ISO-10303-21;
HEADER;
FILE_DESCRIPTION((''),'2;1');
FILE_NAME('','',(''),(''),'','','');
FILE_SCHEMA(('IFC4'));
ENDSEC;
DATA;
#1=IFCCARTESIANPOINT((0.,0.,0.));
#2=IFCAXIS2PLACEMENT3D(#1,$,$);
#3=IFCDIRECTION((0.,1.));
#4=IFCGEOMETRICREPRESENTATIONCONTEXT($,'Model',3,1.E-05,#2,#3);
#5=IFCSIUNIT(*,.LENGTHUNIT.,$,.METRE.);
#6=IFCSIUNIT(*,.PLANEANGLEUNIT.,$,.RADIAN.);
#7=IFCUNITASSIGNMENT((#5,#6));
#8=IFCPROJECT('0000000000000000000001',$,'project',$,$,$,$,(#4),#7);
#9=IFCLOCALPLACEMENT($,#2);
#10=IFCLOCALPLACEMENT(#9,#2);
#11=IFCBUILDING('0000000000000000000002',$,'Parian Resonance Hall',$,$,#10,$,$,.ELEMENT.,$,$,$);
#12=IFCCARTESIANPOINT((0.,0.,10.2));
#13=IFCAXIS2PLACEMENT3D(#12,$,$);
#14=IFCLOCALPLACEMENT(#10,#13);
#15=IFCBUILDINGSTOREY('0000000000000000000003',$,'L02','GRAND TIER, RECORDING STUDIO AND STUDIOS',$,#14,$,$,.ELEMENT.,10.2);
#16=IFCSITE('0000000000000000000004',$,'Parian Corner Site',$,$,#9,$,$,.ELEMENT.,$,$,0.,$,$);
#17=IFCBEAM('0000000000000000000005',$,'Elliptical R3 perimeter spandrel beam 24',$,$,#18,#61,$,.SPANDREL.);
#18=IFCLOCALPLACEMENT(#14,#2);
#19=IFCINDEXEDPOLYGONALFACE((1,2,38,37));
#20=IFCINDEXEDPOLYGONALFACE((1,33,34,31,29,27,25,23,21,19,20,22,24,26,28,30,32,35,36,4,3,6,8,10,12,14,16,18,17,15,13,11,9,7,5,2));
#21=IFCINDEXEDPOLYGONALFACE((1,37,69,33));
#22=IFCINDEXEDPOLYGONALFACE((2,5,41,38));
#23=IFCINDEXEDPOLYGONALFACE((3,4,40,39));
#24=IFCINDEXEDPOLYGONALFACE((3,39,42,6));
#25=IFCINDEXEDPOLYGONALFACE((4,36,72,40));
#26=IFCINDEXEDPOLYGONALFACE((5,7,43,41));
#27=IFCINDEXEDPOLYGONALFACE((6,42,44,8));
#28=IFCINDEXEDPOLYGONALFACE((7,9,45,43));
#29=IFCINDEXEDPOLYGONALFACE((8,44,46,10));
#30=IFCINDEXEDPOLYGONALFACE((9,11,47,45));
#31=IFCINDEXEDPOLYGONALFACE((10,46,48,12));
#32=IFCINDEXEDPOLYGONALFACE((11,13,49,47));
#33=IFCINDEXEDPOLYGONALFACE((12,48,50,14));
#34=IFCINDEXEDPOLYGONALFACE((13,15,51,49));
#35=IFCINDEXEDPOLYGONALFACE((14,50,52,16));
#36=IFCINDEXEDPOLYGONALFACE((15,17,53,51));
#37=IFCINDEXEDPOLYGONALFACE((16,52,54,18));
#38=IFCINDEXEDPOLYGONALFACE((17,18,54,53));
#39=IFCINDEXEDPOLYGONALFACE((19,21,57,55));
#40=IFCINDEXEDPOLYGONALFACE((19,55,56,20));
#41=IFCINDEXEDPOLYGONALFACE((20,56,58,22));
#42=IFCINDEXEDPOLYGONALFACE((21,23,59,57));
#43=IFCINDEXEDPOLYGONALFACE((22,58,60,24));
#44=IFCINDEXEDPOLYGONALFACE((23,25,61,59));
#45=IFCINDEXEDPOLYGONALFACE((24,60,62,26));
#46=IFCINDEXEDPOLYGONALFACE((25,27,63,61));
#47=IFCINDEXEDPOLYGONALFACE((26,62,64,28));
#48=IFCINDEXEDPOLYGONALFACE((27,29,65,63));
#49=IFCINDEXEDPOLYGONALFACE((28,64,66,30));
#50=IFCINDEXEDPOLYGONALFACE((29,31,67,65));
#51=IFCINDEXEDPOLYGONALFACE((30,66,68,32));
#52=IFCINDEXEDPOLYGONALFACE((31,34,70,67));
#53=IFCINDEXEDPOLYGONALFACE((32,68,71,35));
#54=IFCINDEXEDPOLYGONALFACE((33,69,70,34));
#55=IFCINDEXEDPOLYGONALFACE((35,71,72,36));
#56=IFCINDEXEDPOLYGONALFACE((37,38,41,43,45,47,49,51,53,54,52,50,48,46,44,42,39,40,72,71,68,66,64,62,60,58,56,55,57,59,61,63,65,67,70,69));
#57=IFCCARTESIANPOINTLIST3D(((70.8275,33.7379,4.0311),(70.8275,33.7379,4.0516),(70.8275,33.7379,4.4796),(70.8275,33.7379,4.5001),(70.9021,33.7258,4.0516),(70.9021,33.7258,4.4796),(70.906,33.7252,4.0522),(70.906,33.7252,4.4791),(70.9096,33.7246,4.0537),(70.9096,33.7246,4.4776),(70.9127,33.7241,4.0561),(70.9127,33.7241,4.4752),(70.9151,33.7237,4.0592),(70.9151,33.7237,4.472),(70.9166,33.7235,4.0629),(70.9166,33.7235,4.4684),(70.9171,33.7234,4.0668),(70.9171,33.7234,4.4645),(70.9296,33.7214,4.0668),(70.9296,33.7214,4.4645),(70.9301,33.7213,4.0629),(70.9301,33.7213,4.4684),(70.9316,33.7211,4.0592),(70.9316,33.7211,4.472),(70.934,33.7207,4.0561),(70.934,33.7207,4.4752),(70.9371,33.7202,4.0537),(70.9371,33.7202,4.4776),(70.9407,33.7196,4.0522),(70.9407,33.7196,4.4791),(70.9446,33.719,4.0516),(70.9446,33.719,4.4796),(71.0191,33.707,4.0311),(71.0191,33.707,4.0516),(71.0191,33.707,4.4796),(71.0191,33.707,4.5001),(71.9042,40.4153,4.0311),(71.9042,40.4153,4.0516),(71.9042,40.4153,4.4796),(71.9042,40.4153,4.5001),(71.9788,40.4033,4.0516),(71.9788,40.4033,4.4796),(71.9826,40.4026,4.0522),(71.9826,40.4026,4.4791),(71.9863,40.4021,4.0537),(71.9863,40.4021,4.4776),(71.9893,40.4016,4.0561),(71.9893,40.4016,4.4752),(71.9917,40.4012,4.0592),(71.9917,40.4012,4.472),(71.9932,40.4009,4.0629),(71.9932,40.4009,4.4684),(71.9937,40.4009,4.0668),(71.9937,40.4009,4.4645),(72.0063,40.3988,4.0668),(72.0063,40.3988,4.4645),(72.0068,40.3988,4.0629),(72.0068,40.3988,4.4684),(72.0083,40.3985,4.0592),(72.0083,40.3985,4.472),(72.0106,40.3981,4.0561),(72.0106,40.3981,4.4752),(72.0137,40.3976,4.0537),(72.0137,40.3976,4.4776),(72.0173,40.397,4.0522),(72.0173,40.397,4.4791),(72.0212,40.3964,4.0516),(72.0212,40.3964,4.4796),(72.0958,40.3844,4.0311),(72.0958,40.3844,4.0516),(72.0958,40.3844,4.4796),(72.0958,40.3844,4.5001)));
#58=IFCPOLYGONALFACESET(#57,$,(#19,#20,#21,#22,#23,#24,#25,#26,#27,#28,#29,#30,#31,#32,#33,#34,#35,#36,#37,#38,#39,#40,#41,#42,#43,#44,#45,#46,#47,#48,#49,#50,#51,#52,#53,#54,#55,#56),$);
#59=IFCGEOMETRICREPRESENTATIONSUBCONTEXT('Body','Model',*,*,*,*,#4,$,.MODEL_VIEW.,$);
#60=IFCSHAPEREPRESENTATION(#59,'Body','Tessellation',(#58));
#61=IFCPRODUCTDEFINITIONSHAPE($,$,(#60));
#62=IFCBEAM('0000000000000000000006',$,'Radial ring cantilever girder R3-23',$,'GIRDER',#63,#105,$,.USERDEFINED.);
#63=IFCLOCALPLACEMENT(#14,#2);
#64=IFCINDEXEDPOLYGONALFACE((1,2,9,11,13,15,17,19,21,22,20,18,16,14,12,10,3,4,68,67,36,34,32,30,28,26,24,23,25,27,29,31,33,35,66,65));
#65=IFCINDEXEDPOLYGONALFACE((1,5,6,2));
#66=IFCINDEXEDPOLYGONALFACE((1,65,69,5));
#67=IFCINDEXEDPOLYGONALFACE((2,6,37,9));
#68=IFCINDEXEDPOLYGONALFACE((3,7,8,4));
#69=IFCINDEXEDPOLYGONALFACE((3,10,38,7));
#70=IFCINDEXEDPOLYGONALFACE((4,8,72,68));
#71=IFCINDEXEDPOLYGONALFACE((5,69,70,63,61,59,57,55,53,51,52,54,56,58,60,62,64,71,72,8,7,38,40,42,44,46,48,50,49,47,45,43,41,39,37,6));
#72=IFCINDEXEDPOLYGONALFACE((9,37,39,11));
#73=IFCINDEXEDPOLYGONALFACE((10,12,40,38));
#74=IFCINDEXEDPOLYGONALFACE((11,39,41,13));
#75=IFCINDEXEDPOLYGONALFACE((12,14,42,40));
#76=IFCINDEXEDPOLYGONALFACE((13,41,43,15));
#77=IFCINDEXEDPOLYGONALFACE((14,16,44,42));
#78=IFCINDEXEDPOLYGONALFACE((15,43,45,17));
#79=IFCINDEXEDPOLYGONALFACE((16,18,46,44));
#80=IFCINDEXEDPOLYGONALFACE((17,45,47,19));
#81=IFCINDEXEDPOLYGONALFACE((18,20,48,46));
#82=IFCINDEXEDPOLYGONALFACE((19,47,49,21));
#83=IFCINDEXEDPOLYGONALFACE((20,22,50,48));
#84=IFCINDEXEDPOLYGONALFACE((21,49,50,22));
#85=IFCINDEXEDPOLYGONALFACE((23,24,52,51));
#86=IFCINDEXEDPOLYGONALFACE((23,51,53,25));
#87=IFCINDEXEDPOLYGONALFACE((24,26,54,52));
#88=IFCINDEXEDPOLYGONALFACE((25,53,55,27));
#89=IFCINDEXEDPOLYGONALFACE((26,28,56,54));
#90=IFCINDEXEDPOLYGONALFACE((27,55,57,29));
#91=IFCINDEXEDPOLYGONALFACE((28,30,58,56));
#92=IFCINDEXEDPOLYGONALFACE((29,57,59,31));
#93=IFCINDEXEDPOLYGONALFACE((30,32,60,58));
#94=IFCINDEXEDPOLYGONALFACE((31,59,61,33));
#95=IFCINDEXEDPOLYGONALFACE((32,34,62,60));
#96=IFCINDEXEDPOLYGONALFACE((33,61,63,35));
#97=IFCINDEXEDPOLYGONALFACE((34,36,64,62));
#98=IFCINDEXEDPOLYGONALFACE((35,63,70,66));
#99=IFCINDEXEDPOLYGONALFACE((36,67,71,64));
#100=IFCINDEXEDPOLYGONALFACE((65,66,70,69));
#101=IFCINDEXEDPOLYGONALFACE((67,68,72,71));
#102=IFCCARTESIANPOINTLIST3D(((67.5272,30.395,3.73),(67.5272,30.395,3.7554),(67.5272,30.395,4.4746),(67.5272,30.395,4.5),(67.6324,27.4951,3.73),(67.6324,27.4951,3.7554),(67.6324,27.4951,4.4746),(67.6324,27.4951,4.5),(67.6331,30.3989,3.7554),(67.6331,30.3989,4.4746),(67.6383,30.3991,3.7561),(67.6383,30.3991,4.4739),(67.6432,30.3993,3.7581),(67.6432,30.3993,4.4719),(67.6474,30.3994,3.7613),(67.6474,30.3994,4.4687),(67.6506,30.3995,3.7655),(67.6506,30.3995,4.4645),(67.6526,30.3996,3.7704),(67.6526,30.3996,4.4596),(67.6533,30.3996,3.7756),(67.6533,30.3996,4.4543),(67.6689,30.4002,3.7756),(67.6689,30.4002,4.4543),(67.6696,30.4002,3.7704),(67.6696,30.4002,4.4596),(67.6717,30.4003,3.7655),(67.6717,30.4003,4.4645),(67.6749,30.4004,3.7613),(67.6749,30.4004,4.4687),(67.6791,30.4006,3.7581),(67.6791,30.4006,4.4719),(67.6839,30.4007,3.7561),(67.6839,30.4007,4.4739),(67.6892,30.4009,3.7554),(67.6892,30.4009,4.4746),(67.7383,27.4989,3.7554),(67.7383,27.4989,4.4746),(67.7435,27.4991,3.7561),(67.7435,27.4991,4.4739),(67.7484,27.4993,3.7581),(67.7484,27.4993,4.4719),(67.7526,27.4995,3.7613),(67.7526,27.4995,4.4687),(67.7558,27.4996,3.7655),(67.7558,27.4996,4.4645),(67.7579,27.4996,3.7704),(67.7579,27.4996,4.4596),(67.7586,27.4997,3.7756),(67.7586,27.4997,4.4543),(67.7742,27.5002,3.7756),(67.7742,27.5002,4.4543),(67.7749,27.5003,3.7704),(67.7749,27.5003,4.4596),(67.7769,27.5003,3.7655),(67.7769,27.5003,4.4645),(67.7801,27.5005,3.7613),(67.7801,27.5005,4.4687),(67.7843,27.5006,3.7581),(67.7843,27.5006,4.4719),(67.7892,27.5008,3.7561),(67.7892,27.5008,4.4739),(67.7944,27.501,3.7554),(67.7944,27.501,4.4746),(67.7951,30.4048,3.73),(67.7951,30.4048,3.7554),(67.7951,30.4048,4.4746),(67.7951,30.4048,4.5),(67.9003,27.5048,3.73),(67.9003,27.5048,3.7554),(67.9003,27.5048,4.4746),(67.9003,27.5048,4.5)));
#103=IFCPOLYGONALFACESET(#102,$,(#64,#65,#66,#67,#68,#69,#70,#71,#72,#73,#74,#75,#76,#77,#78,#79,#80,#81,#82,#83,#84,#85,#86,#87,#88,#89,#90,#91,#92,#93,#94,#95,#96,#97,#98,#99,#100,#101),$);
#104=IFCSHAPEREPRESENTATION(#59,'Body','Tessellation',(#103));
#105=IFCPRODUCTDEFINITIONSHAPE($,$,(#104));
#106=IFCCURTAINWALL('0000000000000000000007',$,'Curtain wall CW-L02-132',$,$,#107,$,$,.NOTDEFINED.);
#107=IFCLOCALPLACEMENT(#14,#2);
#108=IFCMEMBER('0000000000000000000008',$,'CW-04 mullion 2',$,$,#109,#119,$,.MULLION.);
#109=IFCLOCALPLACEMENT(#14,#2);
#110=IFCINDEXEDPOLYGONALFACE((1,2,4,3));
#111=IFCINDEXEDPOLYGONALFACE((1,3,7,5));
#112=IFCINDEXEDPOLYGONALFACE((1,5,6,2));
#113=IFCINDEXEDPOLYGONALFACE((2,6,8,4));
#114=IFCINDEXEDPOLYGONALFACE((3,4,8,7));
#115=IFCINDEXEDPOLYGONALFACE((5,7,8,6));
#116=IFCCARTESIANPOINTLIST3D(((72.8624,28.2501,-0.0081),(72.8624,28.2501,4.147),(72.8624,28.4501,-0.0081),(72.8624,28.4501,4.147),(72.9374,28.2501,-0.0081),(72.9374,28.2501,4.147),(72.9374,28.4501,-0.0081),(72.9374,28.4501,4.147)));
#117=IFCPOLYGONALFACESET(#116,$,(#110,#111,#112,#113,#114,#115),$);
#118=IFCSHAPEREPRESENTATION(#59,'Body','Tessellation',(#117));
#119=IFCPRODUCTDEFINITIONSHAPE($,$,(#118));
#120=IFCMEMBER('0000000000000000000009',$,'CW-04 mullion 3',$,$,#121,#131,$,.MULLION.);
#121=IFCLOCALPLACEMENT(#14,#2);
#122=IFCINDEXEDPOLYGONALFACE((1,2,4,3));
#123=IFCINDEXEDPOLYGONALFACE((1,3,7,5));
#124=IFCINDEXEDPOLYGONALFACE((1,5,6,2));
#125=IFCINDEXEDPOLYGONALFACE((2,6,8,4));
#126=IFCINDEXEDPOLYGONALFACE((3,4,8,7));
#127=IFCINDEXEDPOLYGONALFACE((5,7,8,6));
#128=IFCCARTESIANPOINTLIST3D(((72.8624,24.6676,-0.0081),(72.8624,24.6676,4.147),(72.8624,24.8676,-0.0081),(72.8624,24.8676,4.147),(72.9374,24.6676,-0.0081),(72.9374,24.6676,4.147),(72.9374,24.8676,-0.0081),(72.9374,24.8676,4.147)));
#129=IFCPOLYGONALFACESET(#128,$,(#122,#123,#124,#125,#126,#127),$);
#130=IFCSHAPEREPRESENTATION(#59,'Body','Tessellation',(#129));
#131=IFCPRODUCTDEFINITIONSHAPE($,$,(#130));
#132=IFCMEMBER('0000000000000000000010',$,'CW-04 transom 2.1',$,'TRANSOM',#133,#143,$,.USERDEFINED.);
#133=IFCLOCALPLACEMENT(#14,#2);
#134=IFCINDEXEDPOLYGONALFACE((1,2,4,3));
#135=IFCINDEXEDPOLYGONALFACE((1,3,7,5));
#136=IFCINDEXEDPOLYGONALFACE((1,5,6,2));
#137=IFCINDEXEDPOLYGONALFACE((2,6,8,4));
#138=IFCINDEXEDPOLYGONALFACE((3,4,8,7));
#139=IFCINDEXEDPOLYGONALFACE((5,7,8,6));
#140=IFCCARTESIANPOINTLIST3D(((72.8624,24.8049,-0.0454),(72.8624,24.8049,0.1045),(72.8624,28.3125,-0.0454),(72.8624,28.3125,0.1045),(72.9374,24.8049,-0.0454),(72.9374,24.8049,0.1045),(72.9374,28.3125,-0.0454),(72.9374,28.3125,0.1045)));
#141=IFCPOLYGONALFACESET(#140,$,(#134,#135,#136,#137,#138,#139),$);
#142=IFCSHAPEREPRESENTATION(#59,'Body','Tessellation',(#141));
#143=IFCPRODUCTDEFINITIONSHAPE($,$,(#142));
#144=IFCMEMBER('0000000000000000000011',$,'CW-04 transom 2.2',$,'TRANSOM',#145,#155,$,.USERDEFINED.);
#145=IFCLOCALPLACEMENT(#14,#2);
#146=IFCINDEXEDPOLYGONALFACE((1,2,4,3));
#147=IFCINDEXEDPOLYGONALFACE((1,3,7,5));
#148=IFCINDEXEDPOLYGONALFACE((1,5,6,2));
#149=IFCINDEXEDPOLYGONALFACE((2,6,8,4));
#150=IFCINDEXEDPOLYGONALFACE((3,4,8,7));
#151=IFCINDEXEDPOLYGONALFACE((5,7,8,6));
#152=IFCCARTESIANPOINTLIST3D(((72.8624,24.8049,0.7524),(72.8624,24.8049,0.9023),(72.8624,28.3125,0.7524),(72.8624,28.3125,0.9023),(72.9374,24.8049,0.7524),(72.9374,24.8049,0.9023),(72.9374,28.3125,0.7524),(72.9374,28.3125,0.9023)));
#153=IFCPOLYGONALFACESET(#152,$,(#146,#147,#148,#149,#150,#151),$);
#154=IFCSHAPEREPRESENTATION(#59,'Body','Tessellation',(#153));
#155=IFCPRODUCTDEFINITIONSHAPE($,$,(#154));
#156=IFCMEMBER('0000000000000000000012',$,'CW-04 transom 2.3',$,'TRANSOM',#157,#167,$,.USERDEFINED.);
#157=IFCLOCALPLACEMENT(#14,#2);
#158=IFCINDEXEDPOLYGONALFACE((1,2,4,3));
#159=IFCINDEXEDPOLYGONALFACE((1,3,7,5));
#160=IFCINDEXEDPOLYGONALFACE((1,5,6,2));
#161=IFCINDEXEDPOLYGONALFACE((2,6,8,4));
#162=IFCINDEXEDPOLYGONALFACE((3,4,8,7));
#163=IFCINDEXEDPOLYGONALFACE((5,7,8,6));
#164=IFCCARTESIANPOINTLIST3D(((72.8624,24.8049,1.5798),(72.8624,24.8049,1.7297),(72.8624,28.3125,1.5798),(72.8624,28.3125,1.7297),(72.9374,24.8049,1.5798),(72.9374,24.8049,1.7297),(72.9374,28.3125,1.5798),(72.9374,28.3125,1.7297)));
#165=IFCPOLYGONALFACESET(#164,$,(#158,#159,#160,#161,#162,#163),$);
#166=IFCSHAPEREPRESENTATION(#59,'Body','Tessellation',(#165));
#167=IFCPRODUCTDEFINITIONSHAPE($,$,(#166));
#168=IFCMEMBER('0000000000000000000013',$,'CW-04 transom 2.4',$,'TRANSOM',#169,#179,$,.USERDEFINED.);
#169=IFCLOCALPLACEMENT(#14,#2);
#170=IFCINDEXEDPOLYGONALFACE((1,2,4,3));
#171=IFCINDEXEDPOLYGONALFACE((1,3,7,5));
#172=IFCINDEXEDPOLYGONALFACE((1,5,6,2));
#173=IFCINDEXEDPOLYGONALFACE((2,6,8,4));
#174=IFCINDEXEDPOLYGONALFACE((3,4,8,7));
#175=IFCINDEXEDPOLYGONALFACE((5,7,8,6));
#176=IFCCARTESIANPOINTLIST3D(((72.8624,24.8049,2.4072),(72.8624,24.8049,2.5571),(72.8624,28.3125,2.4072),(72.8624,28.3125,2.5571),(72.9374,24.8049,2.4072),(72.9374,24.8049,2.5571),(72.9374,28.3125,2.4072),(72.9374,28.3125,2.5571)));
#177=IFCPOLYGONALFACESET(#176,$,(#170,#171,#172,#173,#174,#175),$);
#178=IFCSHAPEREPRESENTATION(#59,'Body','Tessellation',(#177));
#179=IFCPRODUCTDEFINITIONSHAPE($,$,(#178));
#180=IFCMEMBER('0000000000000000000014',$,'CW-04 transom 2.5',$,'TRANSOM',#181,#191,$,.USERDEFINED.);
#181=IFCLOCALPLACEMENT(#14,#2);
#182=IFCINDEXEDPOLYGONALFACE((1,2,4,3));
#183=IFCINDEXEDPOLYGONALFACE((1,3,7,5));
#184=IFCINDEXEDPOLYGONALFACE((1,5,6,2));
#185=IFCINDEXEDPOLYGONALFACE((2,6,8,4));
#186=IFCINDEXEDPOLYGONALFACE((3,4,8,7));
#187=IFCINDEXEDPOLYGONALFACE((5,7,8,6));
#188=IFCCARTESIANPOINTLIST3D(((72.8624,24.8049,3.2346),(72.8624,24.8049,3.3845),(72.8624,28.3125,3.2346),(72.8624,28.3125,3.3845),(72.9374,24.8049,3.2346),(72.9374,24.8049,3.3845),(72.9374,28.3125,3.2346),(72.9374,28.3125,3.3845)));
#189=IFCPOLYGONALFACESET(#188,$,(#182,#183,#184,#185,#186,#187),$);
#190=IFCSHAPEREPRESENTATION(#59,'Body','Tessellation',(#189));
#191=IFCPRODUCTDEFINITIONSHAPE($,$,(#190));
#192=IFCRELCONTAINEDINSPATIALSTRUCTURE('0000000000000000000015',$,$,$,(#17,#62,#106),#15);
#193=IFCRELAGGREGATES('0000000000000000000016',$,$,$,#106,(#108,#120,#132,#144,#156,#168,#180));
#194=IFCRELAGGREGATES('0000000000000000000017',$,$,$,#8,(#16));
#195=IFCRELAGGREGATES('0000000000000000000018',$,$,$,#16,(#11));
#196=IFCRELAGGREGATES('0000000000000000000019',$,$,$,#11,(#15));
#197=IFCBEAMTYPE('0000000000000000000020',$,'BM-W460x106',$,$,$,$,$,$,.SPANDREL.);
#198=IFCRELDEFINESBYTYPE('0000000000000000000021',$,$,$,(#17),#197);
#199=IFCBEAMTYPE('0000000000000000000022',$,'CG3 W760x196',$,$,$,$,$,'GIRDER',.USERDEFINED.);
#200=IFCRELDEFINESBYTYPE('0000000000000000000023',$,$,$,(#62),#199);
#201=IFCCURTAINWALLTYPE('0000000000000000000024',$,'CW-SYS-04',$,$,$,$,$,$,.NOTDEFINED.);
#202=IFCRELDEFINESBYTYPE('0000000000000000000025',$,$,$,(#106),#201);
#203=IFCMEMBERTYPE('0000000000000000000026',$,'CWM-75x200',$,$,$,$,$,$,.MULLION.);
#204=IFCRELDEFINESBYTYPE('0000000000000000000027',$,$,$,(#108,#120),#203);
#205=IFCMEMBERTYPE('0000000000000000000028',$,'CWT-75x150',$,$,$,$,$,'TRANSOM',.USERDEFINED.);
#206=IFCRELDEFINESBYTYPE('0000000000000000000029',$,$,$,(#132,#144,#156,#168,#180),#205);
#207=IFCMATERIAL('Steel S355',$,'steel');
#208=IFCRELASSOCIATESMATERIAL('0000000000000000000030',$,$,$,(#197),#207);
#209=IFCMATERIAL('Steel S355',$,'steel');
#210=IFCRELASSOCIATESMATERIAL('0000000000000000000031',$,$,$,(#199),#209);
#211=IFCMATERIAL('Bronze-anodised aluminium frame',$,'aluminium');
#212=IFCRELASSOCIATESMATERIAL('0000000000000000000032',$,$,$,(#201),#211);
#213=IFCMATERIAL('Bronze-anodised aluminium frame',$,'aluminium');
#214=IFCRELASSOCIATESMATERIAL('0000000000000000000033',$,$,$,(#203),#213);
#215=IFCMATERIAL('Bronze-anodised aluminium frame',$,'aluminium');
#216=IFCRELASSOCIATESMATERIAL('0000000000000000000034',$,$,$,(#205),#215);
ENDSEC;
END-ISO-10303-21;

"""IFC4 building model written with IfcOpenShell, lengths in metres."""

from ifc_helpers import new_model, si_unit, direction, frame, origin, origin_2d, place, context, subcontext, project, spatial, rectangle, i_section, extrude, material, material_profile, profile_set, type_object, element, aggregate, save


model = new_model("IFC4")

# Units and contexts
model_context = context("Model", 3, precision=1e-05, world=origin(), true_north=direction((0.0, 1.0)))
body_context = subcontext(model_context, "Body", "Model", "MODEL_VIEW")
ifc_project = project(units=[si_unit("LENGTHUNIT", "METRE"), si_unit("PLANEANGLEUNIT", "RADIAN")], contexts=[model_context])

# Site, building, storey
site_placement = place(None, origin())
site = spatial("IfcSite", under=ifc_project, at=site_placement, Name="Parian Corner Site", CompositionType="ELEMENT", RefElevation=0.0)
building_placement = place(site_placement, origin())
building = spatial("IfcBuilding", under=site, at=building_placement, Name="Parian Resonance Hall", CompositionType="ELEMENT")
storey_placement = place(building_placement, frame((0.0, 0.0, 10.2)))
storey = spatial("IfcBuildingStorey", under=building, at=storey_placement, Name="L02", Description="GRAND TIER, RECORDING STUDIO AND STUDIOS", CompositionType="ELEMENT", Elevation=10.2)

# Beams
ifc_material_1 = material(Name="Steel S355", Category="steel")
ifc_material_profile_1 = material_profile(ifc_material_1, i_section(OverallWidth=0.1941, OverallDepth=0.469, WebThickness=0.0127, FlangeThickness=0.0205, FilletRadius=0.0151, at=origin_2d()), Name="W460x106")
ifc_profile_set_1 = profile_set([ifc_material_profile_1], Name="Steel S355")
beam_type_1 = type_object("IfcBeamType", Name="BM-W460x106", PredefinedType="SPANDREL", material=ifc_profile_set_1)
beam_1_placement = place(storey_placement, frame((70.9233, 33.7224, 4.2656), z_axis=(0.159181, 0.987249, 0.0), x_axis=(-0.987249, 0.159181, 0.0)))
element("IfcBeam", 1, at=beam_1_placement, inside=storey, type_object=beam_type_1, Name="Elliptical R3 perimeter spandrel beam 24", PredefinedType="SPANDREL", context=body_context, shape_type="SweptSolid", body=[
    extrude(i_section(OverallWidth=0.1941, OverallDepth=0.469, WebThickness=0.0127, FlangeThickness=0.0205, FilletRadius=0.0151, at=origin_2d()), origin(), (0.0, 0.0, 1.0), 6.7637),
])
ifc_material_2 = material(Name="Steel S355", Category="steel")
ifc_material_profile_2 = material_profile(ifc_material_2, i_section(OverallWidth=0.2681, OverallDepth=0.77, WebThickness=0.0156, FlangeThickness=0.0254, FilletRadius=0.0203, at=origin_2d()), Name="W760x196")
ifc_profile_set_2 = profile_set([ifc_material_profile_2], Name="Steel S355")
beam_type_2 = type_object("IfcBeamType", Name="CG3 W760x196", ElementType="GIRDER", PredefinedType="USERDEFINED", material=ifc_profile_set_2)
beam_2_placement = place(storey_placement, frame((67.6611, 30.3999, 4.115), z_axis=(0.036262, -0.999342, 0.0), x_axis=(0.999342, 0.036262, 0.0)))
element("IfcBeam", 2, at=beam_2_placement, inside=storey, type_object=beam_type_2, Name="Radial ring cantilever girder R3-23", ObjectType="GIRDER", PredefinedType="USERDEFINED", context=body_context, shape_type="SweptSolid", body=[
    extrude(i_section(OverallWidth=0.2681, OverallDepth=0.77, WebThickness=0.0156, FlangeThickness=0.0254, FilletRadius=0.0203, at=origin_2d()), origin(), (0.0, 0.0, 1.0), 2.9019),
])

# Curtain wall, members
ifc_material_3 = material(Name="Bronze-anodised aluminium frame", Category="aluminium")
curtain_wall_type = type_object("IfcCurtainWallType", Name="CW-SYS-04", PredefinedType="NOTDEFINED", material=ifc_material_3)
curtain_wall_placement = place(storey_placement, origin())
curtain_wall = element("IfcCurtainWall", 3, at=curtain_wall_placement, inside=storey, type_object=curtain_wall_type, Name="Curtain wall CW-L02-132", PredefinedType="NOTDEFINED")
ifc_material_4 = material(Name="Bronze-anodised aluminium frame", Category="aluminium")
ifc_material_profile_3 = material_profile(ifc_material_4, rectangle(XDim=0.075, YDim=0.2, at=origin_2d()), Name="CWM-75x200")
ifc_profile_set_3 = profile_set([ifc_material_profile_3], Name="Bronze-anodised aluminium frame")
member_type_1 = type_object("IfcMemberType", Name="CWM-75x200", PredefinedType="MULLION", material=ifc_profile_set_3)
member_1_placement = place(storey_placement, frame((72.8999, 28.3501, -0.0081), z_axis=(0.0, 0.0, 1.0), x_axis=(1.0, 0.0, 0.0)))
member_1 = element("IfcMember", 4, at=member_1_placement, type_object=member_type_1, Name="CW-04 mullion 2", PredefinedType="MULLION", context=body_context, shape_type="SweptSolid", body=[
    extrude(rectangle(XDim=0.075, YDim=0.2, at=origin_2d()), origin(), (0.0, 0.0, 1.0), 4.155),
])
member_2_placement = place(storey_placement, frame((72.8999, 24.7676, -0.0081), z_axis=(0.0, 0.0, 1.0), x_axis=(1.0, 0.0, 0.0)))
member_2 = element("IfcMember", 5, at=member_2_placement, type_object=member_type_1, Name="CW-04 mullion 3", PredefinedType="MULLION", context=body_context, shape_type="SweptSolid", body=[
    extrude(rectangle(XDim=0.075, YDim=0.2, at=origin_2d()), origin(), (0.0, 0.0, 1.0), 4.155),
])
ifc_material_5 = material(Name="Bronze-anodised aluminium frame", Category="aluminium")
ifc_material_profile_4 = material_profile(ifc_material_5, rectangle(XDim=0.075, YDim=0.1499, at=origin_2d()), Name="CWT-75x150")
ifc_profile_set_4 = profile_set([ifc_material_profile_4], Name="Bronze-anodised aluminium frame")
member_type_2 = type_object("IfcMemberType", Name="CWT-75x150", ElementType="TRANSOM", PredefinedType="USERDEFINED", material=ifc_profile_set_4)
member_3_placement = place(storey_placement, frame((72.8999, 28.3125, 0.0295), z_axis=(0.0, -1.0, 0.0), x_axis=(1.0, 0.0, 0.0)))
member_3 = element("IfcMember", 6, at=member_3_placement, type_object=member_type_2, Name="CW-04 transom 2.1", ObjectType="TRANSOM", PredefinedType="USERDEFINED", context=body_context, shape_type="SweptSolid", body=[
    extrude(rectangle(XDim=0.075, YDim=0.1499, at=origin_2d()), origin(), (0.0, 0.0, 1.0), 3.5076),
])
member_4_placement = place(storey_placement, frame((72.8999, 28.3125, 0.8274), z_axis=(0.0, -1.0, 0.0), x_axis=(1.0, 0.0, 0.0)))
member_4 = element("IfcMember", 7, at=member_4_placement, type_object=member_type_2, Name="CW-04 transom 2.2", ObjectType="TRANSOM", PredefinedType="USERDEFINED", context=body_context, shape_type="SweptSolid", body=[
    extrude(rectangle(XDim=0.075, YDim=0.1499, at=origin_2d()), origin(), (0.0, 0.0, 1.0), 3.5076),
])
member_5_placement = place(storey_placement, frame((72.8999, 28.3125, 1.6548), z_axis=(0.0, -1.0, 0.0), x_axis=(1.0, 0.0, 0.0)))
member_5 = element("IfcMember", 8, at=member_5_placement, type_object=member_type_2, Name="CW-04 transom 2.3", ObjectType="TRANSOM", PredefinedType="USERDEFINED", context=body_context, shape_type="SweptSolid", body=[
    extrude(rectangle(XDim=0.075, YDim=0.1499, at=origin_2d()), origin(), (0.0, 0.0, 1.0), 3.5076),
])
member_6_placement = place(storey_placement, frame((72.8999, 28.3125, 2.4822), z_axis=(0.0, -1.0, 0.0), x_axis=(1.0, 0.0, 0.0)))
member_6 = element("IfcMember", 9, at=member_6_placement, type_object=member_type_2, Name="CW-04 transom 2.4", ObjectType="TRANSOM", PredefinedType="USERDEFINED", context=body_context, shape_type="SweptSolid", body=[
    extrude(rectangle(XDim=0.075, YDim=0.1499, at=origin_2d()), origin(), (0.0, 0.0, 1.0), 3.5076),
])
member_7_placement = place(storey_placement, frame((72.8999, 28.3125, 3.3096), z_axis=(0.0, -1.0, 0.0), x_axis=(1.0, 0.0, 0.0)))
member_7 = element("IfcMember", 10, at=member_7_placement, type_object=member_type_2, Name="CW-04 transom 2.5", ObjectType="TRANSOM", PredefinedType="USERDEFINED", context=body_context, shape_type="SweptSolid", body=[
    extrude(rectangle(XDim=0.075, YDim=0.1499, at=origin_2d()), origin(), (0.0, 0.0, 1.0), 3.5076),
])
aggregate(curtain_wall, [member_1, member_2, member_3, member_4, member_5, member_6, member_7])

save(model, "model.ifc")
